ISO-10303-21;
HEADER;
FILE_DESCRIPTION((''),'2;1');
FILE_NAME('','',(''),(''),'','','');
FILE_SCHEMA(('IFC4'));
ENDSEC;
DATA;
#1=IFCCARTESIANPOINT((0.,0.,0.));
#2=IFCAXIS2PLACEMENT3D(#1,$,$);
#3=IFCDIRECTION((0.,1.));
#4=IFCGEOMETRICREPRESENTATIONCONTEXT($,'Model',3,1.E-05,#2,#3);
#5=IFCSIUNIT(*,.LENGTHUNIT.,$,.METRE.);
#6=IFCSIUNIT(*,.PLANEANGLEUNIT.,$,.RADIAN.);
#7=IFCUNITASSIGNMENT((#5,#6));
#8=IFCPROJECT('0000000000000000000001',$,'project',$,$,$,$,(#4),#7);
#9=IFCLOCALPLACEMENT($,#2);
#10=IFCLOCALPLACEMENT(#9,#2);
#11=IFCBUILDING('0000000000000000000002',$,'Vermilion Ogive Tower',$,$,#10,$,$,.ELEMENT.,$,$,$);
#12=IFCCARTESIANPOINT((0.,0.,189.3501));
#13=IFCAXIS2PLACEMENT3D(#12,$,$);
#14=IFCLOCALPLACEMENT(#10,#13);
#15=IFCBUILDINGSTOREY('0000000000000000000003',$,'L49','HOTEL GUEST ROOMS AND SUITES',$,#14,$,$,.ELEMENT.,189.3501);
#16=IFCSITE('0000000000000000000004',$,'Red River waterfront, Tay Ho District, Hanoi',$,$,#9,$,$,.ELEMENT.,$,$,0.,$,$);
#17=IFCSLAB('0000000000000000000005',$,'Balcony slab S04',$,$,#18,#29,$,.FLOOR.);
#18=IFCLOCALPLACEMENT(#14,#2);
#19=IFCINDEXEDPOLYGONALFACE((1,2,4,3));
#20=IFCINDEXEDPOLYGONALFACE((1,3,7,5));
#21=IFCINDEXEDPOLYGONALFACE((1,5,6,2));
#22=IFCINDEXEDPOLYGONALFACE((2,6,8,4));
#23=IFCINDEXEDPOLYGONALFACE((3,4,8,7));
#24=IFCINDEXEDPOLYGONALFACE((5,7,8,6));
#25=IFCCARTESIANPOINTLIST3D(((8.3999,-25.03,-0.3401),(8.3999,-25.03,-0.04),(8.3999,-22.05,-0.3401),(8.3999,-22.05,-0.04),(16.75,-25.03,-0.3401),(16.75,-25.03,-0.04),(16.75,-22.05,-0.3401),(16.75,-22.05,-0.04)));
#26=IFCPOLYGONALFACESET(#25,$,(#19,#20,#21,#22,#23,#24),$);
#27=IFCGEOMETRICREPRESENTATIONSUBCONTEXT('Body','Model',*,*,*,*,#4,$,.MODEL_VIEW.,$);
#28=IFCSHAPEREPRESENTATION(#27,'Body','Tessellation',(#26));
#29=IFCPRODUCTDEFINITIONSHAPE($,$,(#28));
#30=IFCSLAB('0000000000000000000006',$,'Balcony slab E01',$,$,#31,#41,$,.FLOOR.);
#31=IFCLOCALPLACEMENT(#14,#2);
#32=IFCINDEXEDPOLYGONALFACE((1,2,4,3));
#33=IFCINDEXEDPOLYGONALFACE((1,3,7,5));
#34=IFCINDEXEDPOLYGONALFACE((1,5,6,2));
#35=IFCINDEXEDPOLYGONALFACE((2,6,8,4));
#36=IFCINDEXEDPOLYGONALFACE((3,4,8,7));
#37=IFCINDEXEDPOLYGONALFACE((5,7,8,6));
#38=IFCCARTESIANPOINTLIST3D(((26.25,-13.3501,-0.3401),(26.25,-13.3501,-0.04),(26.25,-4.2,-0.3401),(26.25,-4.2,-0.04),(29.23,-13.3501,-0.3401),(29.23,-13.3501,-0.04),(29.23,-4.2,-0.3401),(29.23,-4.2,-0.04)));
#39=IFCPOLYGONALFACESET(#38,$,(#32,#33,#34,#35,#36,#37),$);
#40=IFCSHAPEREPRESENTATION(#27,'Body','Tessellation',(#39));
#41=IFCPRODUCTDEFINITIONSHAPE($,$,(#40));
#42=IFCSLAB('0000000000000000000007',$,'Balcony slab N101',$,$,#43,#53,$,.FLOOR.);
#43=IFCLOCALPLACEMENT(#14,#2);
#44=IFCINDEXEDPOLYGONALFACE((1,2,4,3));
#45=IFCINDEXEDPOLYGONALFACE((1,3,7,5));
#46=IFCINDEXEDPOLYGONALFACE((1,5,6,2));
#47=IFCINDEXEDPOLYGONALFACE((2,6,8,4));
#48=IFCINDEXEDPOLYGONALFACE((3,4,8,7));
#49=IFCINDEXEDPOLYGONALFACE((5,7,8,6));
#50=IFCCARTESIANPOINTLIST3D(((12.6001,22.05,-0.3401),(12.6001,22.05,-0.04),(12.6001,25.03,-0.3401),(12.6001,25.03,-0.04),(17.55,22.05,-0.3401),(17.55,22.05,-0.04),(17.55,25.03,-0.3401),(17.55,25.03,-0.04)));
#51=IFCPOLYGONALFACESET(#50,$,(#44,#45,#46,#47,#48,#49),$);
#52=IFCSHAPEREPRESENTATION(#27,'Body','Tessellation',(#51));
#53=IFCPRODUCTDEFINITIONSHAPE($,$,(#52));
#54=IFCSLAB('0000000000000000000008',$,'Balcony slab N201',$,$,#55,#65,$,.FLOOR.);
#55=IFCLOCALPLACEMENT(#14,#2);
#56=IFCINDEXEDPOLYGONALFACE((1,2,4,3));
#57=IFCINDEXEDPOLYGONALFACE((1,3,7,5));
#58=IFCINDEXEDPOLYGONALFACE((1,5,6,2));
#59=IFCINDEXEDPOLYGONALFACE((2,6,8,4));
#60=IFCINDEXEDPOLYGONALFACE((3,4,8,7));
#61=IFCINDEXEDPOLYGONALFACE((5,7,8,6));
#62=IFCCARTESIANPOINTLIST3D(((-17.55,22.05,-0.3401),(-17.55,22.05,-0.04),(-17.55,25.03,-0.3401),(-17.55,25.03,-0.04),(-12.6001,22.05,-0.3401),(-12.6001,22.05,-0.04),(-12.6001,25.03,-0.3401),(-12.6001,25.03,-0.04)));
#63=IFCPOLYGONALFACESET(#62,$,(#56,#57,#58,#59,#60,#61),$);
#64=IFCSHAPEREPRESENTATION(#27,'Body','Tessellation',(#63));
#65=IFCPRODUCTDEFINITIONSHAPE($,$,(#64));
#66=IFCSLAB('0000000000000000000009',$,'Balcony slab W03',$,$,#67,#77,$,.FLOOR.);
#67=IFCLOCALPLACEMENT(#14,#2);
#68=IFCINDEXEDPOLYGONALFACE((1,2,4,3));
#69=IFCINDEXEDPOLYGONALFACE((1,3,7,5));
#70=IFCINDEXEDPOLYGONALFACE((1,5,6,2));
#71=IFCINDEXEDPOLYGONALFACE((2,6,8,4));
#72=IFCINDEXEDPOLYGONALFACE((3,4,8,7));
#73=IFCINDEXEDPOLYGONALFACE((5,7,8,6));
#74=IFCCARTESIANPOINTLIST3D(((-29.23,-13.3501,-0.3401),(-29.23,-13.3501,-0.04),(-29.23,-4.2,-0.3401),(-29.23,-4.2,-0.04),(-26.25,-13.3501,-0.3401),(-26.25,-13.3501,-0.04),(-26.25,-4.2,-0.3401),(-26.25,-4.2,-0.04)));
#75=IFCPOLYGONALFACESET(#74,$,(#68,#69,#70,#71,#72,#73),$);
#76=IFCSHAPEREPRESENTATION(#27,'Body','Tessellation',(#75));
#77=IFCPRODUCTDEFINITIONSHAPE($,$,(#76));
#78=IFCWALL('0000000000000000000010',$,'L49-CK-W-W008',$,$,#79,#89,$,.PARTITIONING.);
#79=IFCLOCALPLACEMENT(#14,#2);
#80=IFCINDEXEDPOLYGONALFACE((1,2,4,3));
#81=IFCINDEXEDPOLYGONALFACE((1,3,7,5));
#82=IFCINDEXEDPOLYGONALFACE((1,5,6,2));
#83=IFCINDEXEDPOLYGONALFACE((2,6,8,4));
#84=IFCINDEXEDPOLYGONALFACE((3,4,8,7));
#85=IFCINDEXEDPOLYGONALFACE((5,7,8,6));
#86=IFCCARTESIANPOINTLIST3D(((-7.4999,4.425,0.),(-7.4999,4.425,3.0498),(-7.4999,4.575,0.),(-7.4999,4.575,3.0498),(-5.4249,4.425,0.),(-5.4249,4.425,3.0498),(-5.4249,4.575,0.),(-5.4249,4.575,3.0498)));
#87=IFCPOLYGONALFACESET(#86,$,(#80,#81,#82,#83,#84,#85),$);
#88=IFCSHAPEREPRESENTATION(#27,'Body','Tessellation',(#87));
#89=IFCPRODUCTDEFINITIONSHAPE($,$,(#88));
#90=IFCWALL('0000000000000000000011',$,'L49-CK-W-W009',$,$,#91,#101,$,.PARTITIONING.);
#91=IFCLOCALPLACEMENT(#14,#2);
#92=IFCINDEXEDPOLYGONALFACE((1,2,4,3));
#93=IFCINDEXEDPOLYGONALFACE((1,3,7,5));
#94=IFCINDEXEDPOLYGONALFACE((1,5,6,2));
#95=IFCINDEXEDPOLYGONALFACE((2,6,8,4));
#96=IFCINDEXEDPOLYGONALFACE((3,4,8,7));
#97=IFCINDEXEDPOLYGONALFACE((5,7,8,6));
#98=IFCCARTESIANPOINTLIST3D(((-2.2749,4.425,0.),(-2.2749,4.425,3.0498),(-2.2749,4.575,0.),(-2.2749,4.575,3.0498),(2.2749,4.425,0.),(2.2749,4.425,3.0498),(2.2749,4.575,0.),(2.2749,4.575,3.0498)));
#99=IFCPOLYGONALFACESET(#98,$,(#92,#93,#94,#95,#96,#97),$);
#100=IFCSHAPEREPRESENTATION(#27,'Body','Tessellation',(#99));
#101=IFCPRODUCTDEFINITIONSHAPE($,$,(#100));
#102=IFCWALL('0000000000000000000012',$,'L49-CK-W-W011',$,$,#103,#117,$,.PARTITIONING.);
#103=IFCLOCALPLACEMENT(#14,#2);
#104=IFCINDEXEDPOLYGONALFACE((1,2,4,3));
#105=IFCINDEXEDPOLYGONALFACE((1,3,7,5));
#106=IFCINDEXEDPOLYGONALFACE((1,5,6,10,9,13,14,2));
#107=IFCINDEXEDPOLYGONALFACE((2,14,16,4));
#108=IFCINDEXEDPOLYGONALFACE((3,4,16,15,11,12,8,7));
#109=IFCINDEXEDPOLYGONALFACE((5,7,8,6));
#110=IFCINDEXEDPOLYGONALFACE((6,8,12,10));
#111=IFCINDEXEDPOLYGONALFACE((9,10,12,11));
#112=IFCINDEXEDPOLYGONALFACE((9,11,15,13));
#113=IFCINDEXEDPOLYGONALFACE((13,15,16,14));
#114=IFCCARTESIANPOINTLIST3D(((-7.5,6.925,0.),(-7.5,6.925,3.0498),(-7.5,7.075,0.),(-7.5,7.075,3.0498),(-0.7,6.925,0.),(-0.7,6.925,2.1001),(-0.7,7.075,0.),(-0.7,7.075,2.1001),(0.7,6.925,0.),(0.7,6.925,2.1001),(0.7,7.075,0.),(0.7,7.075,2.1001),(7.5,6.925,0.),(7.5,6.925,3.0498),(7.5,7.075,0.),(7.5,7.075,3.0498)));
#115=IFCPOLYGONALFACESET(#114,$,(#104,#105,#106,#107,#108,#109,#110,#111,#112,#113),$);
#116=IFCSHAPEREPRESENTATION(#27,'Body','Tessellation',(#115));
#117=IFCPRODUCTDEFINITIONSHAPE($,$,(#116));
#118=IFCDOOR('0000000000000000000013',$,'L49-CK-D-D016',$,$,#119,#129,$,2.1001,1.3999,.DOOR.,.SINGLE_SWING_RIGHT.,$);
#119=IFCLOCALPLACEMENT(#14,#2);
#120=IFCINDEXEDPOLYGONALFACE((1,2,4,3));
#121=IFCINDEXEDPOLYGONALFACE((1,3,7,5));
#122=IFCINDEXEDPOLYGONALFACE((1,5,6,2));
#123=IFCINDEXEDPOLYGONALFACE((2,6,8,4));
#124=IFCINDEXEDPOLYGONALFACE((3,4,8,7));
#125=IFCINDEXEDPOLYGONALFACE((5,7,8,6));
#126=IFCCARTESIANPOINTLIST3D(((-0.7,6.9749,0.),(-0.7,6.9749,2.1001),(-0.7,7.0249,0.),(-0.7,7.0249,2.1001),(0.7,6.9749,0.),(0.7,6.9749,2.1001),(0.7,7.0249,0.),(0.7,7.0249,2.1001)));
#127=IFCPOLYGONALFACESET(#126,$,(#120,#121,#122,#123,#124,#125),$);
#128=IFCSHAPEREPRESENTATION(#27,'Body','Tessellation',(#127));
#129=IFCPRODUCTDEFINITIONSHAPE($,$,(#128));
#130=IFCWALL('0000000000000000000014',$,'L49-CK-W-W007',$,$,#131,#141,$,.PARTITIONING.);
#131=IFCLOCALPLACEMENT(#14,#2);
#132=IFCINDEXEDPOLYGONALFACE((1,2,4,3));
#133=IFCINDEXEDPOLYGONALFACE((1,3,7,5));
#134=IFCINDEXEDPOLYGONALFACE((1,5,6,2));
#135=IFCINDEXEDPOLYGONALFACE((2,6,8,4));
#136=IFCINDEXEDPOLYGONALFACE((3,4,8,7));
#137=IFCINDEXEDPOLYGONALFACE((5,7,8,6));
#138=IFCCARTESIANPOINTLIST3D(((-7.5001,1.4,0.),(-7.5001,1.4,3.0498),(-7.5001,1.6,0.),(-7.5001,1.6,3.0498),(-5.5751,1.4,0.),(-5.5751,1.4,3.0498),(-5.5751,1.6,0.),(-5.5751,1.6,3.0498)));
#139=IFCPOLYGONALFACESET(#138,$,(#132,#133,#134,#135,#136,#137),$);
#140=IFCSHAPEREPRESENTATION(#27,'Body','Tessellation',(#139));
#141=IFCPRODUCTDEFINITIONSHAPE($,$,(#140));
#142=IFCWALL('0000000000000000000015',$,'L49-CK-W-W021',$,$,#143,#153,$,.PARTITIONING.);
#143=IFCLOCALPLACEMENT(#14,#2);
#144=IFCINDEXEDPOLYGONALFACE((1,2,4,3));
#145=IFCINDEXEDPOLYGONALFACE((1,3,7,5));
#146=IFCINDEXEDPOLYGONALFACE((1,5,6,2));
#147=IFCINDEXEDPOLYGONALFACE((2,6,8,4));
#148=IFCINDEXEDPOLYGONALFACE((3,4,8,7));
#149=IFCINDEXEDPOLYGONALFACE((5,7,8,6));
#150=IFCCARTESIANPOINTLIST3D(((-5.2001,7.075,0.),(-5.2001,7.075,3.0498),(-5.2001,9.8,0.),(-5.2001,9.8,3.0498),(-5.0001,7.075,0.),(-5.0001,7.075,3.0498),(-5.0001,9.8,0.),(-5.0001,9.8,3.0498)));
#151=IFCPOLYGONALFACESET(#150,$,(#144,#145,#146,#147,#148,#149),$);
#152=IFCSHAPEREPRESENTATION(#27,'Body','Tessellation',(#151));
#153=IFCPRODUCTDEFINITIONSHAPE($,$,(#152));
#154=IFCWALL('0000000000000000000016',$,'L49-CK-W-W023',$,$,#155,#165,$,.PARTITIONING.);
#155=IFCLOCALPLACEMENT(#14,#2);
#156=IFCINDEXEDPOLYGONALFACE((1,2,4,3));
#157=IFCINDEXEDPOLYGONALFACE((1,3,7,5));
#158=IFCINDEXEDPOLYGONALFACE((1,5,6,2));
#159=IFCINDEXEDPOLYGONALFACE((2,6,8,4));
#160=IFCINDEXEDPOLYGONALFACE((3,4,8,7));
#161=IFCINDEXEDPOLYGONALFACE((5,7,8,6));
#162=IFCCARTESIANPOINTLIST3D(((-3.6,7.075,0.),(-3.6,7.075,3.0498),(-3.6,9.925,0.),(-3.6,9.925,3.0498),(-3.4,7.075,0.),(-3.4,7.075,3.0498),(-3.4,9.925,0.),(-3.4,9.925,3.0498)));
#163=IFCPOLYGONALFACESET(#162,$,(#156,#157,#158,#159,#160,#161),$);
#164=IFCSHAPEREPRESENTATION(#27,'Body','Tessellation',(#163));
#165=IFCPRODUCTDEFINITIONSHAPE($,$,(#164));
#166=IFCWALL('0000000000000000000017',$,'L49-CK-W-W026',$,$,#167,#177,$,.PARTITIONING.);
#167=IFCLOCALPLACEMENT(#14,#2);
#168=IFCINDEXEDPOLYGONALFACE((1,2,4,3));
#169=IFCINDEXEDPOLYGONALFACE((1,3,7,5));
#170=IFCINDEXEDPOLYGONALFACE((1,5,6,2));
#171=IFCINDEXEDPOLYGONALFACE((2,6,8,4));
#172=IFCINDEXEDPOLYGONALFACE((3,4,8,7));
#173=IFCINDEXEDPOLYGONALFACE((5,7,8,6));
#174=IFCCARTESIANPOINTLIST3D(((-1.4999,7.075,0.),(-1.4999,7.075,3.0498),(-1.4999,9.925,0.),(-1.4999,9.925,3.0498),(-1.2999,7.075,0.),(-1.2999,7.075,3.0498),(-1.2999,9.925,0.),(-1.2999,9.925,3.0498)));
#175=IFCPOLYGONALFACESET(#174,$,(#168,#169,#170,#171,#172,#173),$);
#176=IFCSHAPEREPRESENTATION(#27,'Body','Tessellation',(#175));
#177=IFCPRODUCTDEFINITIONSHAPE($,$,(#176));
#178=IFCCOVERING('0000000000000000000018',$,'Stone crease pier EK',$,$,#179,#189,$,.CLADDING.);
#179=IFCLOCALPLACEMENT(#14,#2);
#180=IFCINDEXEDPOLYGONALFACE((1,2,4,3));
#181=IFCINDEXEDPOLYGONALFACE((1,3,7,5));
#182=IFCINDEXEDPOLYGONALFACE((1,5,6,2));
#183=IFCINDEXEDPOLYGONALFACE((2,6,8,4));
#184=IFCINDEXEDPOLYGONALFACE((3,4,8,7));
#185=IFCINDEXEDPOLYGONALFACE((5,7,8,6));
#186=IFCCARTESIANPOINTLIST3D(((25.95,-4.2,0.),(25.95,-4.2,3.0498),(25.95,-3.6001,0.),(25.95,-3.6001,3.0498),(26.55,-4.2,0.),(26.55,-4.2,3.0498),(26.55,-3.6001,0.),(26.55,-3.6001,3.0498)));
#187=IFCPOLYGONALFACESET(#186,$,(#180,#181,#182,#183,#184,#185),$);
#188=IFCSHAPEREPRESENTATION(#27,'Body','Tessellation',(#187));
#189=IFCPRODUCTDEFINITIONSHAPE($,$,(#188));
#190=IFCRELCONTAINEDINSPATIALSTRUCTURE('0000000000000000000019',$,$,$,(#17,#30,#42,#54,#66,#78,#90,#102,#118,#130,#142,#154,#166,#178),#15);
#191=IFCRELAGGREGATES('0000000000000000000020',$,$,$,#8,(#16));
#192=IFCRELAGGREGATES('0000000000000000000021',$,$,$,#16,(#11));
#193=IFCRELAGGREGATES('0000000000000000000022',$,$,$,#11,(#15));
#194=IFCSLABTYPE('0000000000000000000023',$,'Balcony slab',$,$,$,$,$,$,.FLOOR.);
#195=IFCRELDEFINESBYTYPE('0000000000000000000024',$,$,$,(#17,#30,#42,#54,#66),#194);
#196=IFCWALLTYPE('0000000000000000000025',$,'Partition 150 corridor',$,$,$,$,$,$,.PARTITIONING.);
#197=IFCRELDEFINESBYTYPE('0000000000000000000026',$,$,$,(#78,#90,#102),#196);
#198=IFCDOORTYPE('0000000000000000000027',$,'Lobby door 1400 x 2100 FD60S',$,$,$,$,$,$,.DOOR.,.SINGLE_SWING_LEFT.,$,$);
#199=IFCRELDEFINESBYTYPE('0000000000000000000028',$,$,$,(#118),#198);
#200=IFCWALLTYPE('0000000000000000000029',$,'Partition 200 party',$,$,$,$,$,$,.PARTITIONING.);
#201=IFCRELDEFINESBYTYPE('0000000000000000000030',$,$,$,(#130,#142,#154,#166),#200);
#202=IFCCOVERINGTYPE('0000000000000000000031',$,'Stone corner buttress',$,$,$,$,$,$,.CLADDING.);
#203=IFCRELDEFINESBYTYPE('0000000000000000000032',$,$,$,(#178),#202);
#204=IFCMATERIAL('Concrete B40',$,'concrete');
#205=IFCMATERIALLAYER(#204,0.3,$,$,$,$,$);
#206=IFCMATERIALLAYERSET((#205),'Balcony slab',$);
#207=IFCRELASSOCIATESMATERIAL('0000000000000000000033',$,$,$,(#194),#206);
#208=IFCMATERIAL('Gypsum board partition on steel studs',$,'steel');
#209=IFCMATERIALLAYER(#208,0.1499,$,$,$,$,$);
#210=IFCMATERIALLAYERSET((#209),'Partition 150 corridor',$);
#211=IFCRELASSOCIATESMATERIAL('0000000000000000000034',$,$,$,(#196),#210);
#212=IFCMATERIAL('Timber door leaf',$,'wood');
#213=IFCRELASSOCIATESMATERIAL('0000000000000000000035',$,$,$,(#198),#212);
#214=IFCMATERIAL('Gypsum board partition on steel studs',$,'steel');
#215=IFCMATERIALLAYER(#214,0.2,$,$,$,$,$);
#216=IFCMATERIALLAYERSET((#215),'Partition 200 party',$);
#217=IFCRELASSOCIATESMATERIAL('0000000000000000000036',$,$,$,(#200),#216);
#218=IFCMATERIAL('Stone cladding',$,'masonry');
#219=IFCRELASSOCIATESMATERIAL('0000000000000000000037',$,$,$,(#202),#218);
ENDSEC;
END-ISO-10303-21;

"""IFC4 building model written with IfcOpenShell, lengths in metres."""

from ifc_helpers import new_model, si_unit, direction, frame, frame_2d, origin, place, context, subcontext, project, spatial, polyline, rectangle, outline, extrude, material, layer, layer_set, type_object, element, fill, save


model = new_model("IFC4")

# Units and contexts
model_context = context("Model", 3, precision=1e-05, world=origin(), true_north=direction((0.0, 1.0)))
body_context = subcontext(model_context, "Body", "Model", "MODEL_VIEW")
ifc_project = project(units=[si_unit("LENGTHUNIT", "METRE"), si_unit("PLANEANGLEUNIT", "RADIAN")], contexts=[model_context])

# Site, building, storey
site_placement = place(None, origin())
site = spatial("IfcSite", under=ifc_project, at=site_placement, Name="Red River waterfront, Tay Ho District, Hanoi", CompositionType="ELEMENT", RefElevation=0.0)
building_placement = place(site_placement, origin())
building = spatial("IfcBuilding", under=site, at=building_placement, Name="Vermilion Ogive Tower", CompositionType="ELEMENT")
storey_placement = place(building_placement, frame((0.0, 0.0, 189.3501)))
storey = spatial("IfcBuildingStorey", under=building, at=storey_placement, Name="L49", Description="HOTEL GUEST ROOMS AND SUITES", CompositionType="ELEMENT", Elevation=189.3501)

# Slabs
ifc_material_1 = material(Name="Concrete B40", Category="concrete")
ifc_layer_1 = layer(ifc_material_1, 0.3)
ifc_layer_set_1 = layer_set([ifc_layer_1], Name="Balcony slab")
slab_type = type_object("IfcSlabType", Name="Balcony slab", PredefinedType="FLOOR", material=ifc_layer_set_1)
slab_1_placement = place(storey_placement, frame((0.0, 0.0, -0.3401)))
element("IfcSlab", 1, at=slab_1_placement, inside=storey, type_object=slab_type, Name="Balcony slab S04", PredefinedType="FLOOR", context=body_context, shape_type="SweptSolid", body=[
    extrude(outline(polyline([(8.3999, -25.03), (16.75, -25.03), (16.75, -22.05), (8.3999, -22.05), (8.3999, -25.03)])), origin(), (0.0, 0.0, 1.0), 0.3),
])
slab_2_placement = place(storey_placement, frame((0.0, 0.0, -0.3401)))
element("IfcSlab", 2, at=slab_2_placement, inside=storey, type_object=slab_type, Name="Balcony slab E01", PredefinedType="FLOOR", context=body_context, shape_type="SweptSolid", body=[
    extrude(outline(polyline([(29.23, -13.3501), (29.23, -4.2), (26.25, -4.2), (26.25, -13.3501), (29.23, -13.3501)])), origin(), (0.0, 0.0, 1.0), 0.3),
])
slab_3_placement = place(storey_placement, frame((0.0, 0.0, -0.3401)))
element("IfcSlab", 3, at=slab_3_placement, inside=storey, type_object=slab_type, Name="Balcony slab N101", PredefinedType="FLOOR", context=body_context, shape_type="SweptSolid", body=[
    extrude(outline(polyline([(17.55, 25.03), (12.6001, 25.03), (12.6001, 22.05), (17.55, 22.05), (17.55, 25.03)])), origin(), (0.0, 0.0, 1.0), 0.3),
])
slab_4_placement = place(storey_placement, frame((0.0, 0.0, -0.3401)))
element("IfcSlab", 4, at=slab_4_placement, inside=storey, type_object=slab_type, Name="Balcony slab N201", PredefinedType="FLOOR", context=body_context, shape_type="SweptSolid", body=[
    extrude(outline(polyline([(-12.6001, 25.03), (-17.55, 25.03), (-17.55, 22.05), (-12.6001, 22.05), (-12.6001, 25.03)])), origin(), (0.0, 0.0, 1.0), 0.3),
])
slab_5_placement = place(storey_placement, frame((0.0, 0.0, -0.3401)))
element("IfcSlab", 5, at=slab_5_placement, inside=storey, type_object=slab_type, Name="Balcony slab W03", PredefinedType="FLOOR", context=body_context, shape_type="SweptSolid", body=[
    extrude(outline(polyline([(-29.23, -4.2), (-29.23, -13.3501), (-26.25, -13.3501), (-26.25, -4.2), (-29.23, -4.2)])), origin(), (0.0, 0.0, 1.0), 0.3),
])

# Walls
ifc_material_2 = material(Name="Gypsum board partition on steel studs", Category="steel")
ifc_layer_2 = layer(ifc_material_2, 0.1499)
ifc_layer_set_2 = layer_set([ifc_layer_2], Name="Partition 150 corridor")
wall_type_1 = type_object("IfcWallType", Name="Partition 150 corridor", PredefinedType="PARTITIONING", material=ifc_layer_set_2)
wall_1_placement = place(storey_placement, frame((-7.5, 4.5, 0.0), z_axis=(0.0, 0.0, 1.0), x_axis=(1.0, 0.0, 0.0)))
element("IfcWall", 6, at=wall_1_placement, inside=storey, type_object=wall_type_1, Name="L49-CK-W-W008", PredefinedType="PARTITIONING", context=body_context, shape_type="SweptSolid", body=[
    extrude(rectangle(XDim=2.075, YDim=0.1499, at=frame_2d((1.0376, 0.0))), origin(), (0.0, 0.0, 1.0), 3.0498),
])
wall_2_placement = place(storey_placement, frame((-2.2749, 4.5, 0.0), z_axis=(0.0, 0.0, 1.0), x_axis=(1.0, 0.0, 0.0)))
element("IfcWall", 7, at=wall_2_placement, inside=storey, type_object=wall_type_1, Name="L49-CK-W-W009", PredefinedType="PARTITIONING", context=body_context, shape_type="SweptSolid", body=[
    extrude(rectangle(XDim=4.5498, YDim=0.1499, at=frame_2d((2.2749, 0.0))), origin(), (0.0, 0.0, 1.0), 3.0498),
])

# Wall, opening, door
wall_3_placement = place(storey_placement, frame((-7.5, 7.0, 0.0), z_axis=(0.0, 0.0, 1.0), x_axis=(1.0, 0.0, 0.0)))
wall_3 = element("IfcWall", 8, at=wall_3_placement, inside=storey, type_object=wall_type_1, Name="L49-CK-W-W011", PredefinedType="PARTITIONING", context=body_context, shape_type="SweptSolid", body=[
    extrude(rectangle(XDim=15.0, YDim=0.1499, at=frame_2d((7.5, 0.0))), origin(), (0.0, 0.0, 1.0), 3.0498),
])
opening_placement = place(wall_3_placement, frame((6.8, 0.0, 0.0)))
opening = element("IfcOpeningElement", 9, at=opening_placement, cuts=wall_3, PredefinedType="OPENING", context=body_context, shape_type="SweptSolid", body=[
    extrude(rectangle(XDim=1.3999, YDim=2.1001, at=frame_2d((0.7, 1.05))), frame((0.0, 0.085, 0.0), z_axis=(0.0, -1.0, 0.0), x_axis=(1.0, 0.0, 0.0)), (0.0, 0.0, 1.0), 0.1699),
])
ifc_material_3 = material(Name="Timber door leaf", Category="wood")
door_type = type_object("IfcDoorType", Name="Lobby door 1400 x 2100 FD60S", OperationType="SINGLE_SWING_LEFT", PredefinedType="DOOR", material=ifc_material_3)
door_placement = place(opening_placement, origin())
door = element("IfcDoor", 10, at=door_placement, inside=storey, type_object=door_type, Name="L49-CK-D-D016", OperationType="SINGLE_SWING_RIGHT", OverallHeight=2.1001, OverallWidth=1.3999, PredefinedType="DOOR", context=body_context, shape_type="SweptSolid", body=[
    extrude(rectangle(XDim=1.3999, YDim=2.1001, at=frame_2d((0.7, 1.05))), frame((0.0, 0.0249, 0.0), z_axis=(0.0, -1.0, 0.0), x_axis=(1.0, 0.0, 0.0)), (0.0, 0.0, 1.0), 0.05),
])
fill(opening, door)

# Walls
ifc_material_4 = material(Name="Gypsum board partition on steel studs", Category="steel")
ifc_layer_3 = layer(ifc_material_4, 0.2)
ifc_layer_set_3 = layer_set([ifc_layer_3], Name="Partition 200 party")
wall_type_2 = type_object("IfcWallType", Name="Partition 200 party", PredefinedType="PARTITIONING", material=ifc_layer_set_3)
wall_4_placement = place(storey_placement, frame((-7.5, 1.5, 0.0), z_axis=(0.0, 0.0, 1.0), x_axis=(1.0, 0.0, 0.0)))
element("IfcWall", 11, at=wall_4_placement, inside=storey, type_object=wall_type_2, Name="L49-CK-W-W007", PredefinedType="PARTITIONING", context=body_context, shape_type="SweptSolid", body=[
    extrude(rectangle(XDim=1.925, YDim=0.2, at=frame_2d((0.9624, 0.0))), origin(), (0.0, 0.0, 1.0), 3.0498),
])
wall_5_placement = place(storey_placement, frame((-5.1001, 7.075, 0.0), z_axis=(0.0, 0.0, 1.0), x_axis=(0.0, 1.0, 0.0)))
element("IfcWall", 12, at=wall_5_placement, inside=storey, type_object=wall_type_2, Name="L49-CK-W-W021", PredefinedType="PARTITIONING", context=body_context, shape_type="SweptSolid", body=[
    extrude(rectangle(XDim=2.7251, YDim=0.2, at=frame_2d((1.3625, 0.0))), origin(), (0.0, 0.0, 1.0), 3.0498),
])
for number, where, z_axis, x_axis, name in (
    (13, (-3.5, 7.075, 0.0), (0.0, 0.0, 1.0), (0.0, 1.0, 0.0), "L49-CK-W-W023"),
    (14, (-1.3999, 7.075, 0.0), (0.0, 0.0, 1.0), (0.0, 1.0, 0.0), "L49-CK-W-W026"),
):
    element("IfcWall", number, at=place(storey_placement, frame(where, z_axis=z_axis, x_axis=x_axis)), inside=storey, type_object=wall_type_2, Name=name, PredefinedType="PARTITIONING", context=body_context, shape_type="SweptSolid", body=[
        extrude(rectangle(XDim=2.8501, YDim=0.2, at=frame_2d((1.425, 0.0))), origin(), (0.0, 0.0, 1.0), 3.0498),
    ])

# Covering
ifc_material_5 = material(Name="Stone cladding", Category="masonry")
covering_type_1 = type_object("IfcCoveringType", Name="Stone corner buttress", PredefinedType="CLADDING", material=ifc_material_5)
covering_1_placement = place(storey_placement, origin())
element("IfcCovering", 15, at=covering_1_placement, inside=storey, type_object=covering_type_1, Name="Stone crease pier EK", PredefinedType="CLADDING", context=body_context, shape_type="SweptSolid", body=[
    extrude(outline(polyline([(26.55, -4.2), (26.55, -3.6001), (25.95, -3.6001), (25.95, -4.2), (26.55, -4.2)])), origin(), (0.0, 0.0, 1.0), 3.0498),
])

save(model, "model.ifc")
